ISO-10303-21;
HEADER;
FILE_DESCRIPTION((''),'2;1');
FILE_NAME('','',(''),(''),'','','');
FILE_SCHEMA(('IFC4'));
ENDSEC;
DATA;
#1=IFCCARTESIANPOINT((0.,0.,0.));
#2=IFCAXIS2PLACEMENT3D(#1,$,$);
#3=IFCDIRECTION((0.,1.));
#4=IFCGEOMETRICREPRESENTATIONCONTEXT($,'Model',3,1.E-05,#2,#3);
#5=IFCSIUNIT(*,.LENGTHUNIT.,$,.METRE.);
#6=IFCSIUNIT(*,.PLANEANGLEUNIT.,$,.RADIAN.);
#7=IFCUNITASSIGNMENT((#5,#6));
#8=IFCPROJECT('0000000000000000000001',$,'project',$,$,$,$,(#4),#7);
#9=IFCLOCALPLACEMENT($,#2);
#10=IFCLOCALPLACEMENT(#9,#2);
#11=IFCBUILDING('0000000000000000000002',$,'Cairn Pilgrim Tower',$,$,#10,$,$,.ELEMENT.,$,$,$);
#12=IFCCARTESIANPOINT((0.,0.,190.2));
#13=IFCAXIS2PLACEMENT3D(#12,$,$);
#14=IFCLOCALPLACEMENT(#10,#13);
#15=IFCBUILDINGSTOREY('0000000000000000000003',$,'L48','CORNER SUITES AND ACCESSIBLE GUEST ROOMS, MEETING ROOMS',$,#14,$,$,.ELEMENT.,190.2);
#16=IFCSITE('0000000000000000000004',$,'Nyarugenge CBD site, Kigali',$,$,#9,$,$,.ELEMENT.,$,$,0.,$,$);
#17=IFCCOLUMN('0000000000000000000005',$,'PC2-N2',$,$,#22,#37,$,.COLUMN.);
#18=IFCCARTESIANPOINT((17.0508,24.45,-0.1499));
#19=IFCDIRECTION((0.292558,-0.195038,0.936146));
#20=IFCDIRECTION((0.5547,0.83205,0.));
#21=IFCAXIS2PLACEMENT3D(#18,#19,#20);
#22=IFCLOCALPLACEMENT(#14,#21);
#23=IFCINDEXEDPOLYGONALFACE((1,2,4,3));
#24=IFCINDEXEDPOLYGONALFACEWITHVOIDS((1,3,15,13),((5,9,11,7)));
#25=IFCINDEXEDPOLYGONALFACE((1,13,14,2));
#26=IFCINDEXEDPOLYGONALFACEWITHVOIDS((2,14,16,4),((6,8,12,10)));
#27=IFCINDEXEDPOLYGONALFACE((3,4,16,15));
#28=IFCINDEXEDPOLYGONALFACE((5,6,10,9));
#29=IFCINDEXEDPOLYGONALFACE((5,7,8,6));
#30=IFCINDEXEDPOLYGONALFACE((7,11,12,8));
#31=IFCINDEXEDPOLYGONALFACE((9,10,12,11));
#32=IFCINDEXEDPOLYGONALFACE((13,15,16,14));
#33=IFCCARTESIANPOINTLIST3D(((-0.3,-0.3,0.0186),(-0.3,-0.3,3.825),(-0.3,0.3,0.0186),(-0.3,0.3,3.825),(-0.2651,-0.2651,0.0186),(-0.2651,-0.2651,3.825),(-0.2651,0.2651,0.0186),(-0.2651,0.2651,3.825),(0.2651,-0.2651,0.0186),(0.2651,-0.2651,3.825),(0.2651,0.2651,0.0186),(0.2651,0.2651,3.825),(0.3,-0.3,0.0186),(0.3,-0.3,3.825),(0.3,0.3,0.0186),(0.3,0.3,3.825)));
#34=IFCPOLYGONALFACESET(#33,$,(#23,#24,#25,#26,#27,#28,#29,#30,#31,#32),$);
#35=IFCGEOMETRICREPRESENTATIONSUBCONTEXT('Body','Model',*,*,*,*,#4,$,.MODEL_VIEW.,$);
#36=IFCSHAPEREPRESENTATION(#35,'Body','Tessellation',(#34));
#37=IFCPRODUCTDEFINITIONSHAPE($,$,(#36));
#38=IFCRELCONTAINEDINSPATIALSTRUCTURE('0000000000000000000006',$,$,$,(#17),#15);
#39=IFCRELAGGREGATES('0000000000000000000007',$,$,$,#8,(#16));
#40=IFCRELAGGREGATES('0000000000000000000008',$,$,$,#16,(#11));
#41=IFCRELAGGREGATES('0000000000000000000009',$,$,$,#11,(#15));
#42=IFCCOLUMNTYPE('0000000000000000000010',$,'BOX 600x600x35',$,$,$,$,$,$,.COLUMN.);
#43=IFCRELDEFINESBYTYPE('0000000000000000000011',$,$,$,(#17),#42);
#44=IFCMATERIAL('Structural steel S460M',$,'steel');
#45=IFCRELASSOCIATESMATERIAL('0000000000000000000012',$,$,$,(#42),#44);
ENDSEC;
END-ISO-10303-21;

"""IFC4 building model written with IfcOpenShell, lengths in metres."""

from ifc_helpers import new_model, si_unit, direction, frame, origin, origin_2d, place, context, subcontext, project, spatial, hollow_rectangle, extrude, clip, halfspace, material, material_profile, profile_set, type_object, element, save


model = new_model("IFC4")

# Units and contexts
model_context = context("Model", 3, precision=1e-05, world=origin(), true_north=direction((0.0, 1.0)))
body_context = subcontext(model_context, "Body", "Model", "MODEL_VIEW")
ifc_project = project(units=[si_unit("LENGTHUNIT", "METRE"), si_unit("PLANEANGLEUNIT", "RADIAN")], contexts=[model_context])

# Site, building, storey
site_placement = place(None, origin())
site = spatial("IfcSite", under=ifc_project, at=site_placement, Name="Nyarugenge CBD site, Kigali", CompositionType="ELEMENT", RefElevation=0.0)
building_placement = place(site_placement, origin())
building = spatial("IfcBuilding", under=site, at=building_placement, Name="Cairn Pilgrim Tower", CompositionType="ELEMENT")
storey_placement = place(building_placement, frame((0.0, 0.0, 190.2)))
storey = spatial("IfcBuildingStorey", under=building, at=storey_placement, Name="L48", Description="CORNER SUITES AND ACCESSIBLE GUEST ROOMS, MEETING ROOMS", CompositionType="ELEMENT", Elevation=190.2)

# Column
ifc_material_1 = material(Name="Structural steel S460M", Category="steel")
ifc_material_profile_1 = material_profile(ifc_material_1, hollow_rectangle(XDim=0.6001, YDim=0.6001, WallThickness=0.0349, at=origin_2d()), Name="BOX 600x600x35")
ifc_profile_set_1 = profile_set([ifc_material_profile_1], Name="Structural steel S460M")
column_type_1 = type_object("IfcColumnType", Name="BOX 600x600x35", PredefinedType="COLUMN", material=ifc_profile_set_1)
column_1_placement = place(storey_placement, frame((17.0508, 24.45, -0.1499), z_axis=(0.292558, -0.195038, 0.936146), x_axis=(0.5547, 0.83205, 0.0)))
element("IfcColumn", 1, at=column_1_placement, inside=storey, type_object=column_type_1, Name="PC2-N2", PredefinedType="COLUMN", context=body_context, shape_type="Clipping", body=[
    clip(clip(extrude(hollow_rectangle(XDim=0.6001, YDim=0.6001, WallThickness=0.0349, at=origin_2d()), origin(), (0.0, 0.0, 1.0), 3.8455), halfspace(frame((0.0, 0.0, 0.0186), z_axis=(0.0, 0.0, 1.0), x_axis=(1.0, 0.0, 0.0)), True)), halfspace(frame((0.0, 0.0, 3.825), z_axis=(0.0, 0.0, 1.0), x_axis=(1.0, 0.0, 0.0)), False)),
])

save(model, "model.ifc")
